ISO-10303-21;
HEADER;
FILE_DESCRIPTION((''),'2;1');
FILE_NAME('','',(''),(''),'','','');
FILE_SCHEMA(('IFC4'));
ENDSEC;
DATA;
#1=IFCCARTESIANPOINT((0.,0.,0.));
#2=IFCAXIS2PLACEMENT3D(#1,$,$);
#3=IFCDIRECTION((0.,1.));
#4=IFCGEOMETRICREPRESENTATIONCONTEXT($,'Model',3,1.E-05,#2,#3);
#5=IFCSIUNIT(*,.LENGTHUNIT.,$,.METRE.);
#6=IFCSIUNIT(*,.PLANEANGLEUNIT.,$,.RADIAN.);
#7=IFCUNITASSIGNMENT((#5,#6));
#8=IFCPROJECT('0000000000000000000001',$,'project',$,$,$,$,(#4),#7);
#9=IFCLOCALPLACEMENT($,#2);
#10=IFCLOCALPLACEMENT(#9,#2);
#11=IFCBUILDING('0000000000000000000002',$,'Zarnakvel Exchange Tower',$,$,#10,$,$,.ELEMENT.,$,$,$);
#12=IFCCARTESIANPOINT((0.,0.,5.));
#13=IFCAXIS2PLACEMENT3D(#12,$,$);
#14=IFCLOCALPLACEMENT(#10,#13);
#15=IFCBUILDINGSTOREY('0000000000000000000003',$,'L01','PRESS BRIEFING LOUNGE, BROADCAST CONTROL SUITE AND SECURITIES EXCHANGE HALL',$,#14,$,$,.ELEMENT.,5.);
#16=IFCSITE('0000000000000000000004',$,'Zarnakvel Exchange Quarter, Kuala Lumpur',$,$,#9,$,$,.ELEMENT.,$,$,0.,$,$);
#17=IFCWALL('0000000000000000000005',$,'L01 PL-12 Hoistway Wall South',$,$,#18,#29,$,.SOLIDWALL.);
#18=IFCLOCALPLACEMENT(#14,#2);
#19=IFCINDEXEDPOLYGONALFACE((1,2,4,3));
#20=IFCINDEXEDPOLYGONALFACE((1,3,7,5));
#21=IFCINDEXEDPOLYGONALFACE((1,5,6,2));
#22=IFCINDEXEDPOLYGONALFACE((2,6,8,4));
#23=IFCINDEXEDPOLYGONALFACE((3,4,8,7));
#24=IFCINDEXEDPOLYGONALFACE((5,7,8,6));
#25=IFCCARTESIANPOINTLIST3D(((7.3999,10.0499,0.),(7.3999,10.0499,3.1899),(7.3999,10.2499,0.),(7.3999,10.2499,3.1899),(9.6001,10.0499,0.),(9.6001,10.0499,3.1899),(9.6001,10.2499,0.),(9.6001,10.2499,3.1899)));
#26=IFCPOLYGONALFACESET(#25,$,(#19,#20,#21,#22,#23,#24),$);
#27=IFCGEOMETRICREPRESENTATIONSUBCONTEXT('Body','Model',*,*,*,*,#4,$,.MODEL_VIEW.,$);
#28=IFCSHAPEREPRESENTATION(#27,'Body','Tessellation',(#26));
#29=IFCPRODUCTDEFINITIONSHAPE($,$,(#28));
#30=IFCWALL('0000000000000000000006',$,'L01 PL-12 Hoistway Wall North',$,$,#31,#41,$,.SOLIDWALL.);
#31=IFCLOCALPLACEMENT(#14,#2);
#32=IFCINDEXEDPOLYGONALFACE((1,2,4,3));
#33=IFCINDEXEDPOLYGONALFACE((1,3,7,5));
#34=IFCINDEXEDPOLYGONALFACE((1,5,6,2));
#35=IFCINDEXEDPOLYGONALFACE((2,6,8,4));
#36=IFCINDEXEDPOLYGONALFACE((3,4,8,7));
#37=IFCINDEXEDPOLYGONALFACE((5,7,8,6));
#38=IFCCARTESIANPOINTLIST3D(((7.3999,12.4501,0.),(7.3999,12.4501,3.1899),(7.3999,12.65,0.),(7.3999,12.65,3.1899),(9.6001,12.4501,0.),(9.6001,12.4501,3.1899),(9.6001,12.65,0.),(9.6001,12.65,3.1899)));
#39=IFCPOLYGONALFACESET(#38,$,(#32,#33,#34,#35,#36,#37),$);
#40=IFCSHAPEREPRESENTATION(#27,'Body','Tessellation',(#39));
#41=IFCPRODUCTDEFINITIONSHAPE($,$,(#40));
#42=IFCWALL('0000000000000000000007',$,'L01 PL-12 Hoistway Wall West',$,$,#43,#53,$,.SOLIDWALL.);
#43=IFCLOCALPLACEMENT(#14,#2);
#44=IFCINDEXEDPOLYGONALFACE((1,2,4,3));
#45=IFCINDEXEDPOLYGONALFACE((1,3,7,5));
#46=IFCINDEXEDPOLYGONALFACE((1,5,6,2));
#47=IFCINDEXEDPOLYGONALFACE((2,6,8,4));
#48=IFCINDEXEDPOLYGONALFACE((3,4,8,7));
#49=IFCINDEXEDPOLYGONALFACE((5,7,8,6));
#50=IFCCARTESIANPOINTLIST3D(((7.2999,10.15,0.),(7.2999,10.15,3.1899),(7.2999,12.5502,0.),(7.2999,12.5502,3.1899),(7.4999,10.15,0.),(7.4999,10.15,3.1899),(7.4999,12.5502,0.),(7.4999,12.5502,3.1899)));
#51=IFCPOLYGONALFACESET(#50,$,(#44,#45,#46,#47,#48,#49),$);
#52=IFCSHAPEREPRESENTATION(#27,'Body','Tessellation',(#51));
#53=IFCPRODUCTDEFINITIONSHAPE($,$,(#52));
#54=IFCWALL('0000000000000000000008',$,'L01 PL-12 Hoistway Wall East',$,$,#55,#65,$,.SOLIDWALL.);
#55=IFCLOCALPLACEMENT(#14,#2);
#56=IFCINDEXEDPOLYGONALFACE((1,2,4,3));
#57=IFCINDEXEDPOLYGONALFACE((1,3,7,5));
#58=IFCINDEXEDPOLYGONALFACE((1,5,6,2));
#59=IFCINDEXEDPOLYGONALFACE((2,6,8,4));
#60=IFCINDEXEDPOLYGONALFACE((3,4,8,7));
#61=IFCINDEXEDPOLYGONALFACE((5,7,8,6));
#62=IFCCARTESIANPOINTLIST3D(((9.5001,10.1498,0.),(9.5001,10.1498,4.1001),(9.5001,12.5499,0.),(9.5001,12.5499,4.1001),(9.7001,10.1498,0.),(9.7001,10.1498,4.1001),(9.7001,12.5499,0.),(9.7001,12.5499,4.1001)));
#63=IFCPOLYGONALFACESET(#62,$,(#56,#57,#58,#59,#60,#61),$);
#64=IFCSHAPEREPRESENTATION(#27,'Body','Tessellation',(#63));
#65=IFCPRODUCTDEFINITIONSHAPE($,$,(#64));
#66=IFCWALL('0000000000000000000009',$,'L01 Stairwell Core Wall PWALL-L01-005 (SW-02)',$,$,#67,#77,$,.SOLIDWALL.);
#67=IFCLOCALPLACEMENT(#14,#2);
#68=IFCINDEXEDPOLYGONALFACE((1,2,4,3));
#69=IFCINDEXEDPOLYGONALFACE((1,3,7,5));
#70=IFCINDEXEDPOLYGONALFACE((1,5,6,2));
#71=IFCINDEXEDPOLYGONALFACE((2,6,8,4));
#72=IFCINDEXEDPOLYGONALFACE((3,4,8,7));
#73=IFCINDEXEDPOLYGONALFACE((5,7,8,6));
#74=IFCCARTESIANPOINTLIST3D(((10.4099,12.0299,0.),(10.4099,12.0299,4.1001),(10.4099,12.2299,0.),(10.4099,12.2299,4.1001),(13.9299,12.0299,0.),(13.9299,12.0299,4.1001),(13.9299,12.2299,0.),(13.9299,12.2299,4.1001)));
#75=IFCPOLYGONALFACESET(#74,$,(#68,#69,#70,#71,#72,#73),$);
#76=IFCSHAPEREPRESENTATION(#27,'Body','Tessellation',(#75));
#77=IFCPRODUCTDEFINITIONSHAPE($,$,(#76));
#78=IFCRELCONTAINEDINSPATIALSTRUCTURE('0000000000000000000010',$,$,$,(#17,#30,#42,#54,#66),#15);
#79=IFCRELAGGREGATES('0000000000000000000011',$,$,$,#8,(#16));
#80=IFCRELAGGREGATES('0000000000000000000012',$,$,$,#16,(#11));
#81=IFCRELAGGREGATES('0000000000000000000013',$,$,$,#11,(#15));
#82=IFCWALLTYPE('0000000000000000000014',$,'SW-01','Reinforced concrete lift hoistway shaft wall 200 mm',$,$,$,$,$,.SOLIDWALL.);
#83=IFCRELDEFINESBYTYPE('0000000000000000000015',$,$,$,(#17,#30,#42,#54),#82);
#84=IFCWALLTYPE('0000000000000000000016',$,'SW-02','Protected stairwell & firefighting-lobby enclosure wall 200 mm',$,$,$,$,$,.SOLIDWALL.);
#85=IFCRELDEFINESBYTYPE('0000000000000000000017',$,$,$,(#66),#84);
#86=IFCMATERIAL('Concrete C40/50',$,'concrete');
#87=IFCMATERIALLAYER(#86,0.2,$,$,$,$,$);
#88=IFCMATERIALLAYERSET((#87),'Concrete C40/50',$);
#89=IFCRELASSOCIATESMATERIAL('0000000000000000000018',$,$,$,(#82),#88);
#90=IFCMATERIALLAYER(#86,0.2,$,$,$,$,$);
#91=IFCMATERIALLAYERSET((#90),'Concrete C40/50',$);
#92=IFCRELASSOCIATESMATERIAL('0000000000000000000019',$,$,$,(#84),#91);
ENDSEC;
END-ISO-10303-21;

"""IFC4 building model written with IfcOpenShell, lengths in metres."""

from ifc_helpers import new_model, si_unit, direction, frame, frame_2d, origin, place, context, subcontext, project, spatial, rectangle, extrude, material, layer, layer_set, type_object, element, save


model = new_model("IFC4")

# Units and contexts
model_context = context("Model", 3, precision=1e-05, world=origin(), true_north=direction((0.0, 1.0)))
body_context = subcontext(model_context, "Body", "Model", "MODEL_VIEW")
ifc_project = project(units=[si_unit("LENGTHUNIT", "METRE"), si_unit("PLANEANGLEUNIT", "RADIAN")], contexts=[model_context])

# Site, building, storey
site_placement = place(None, origin())
site = spatial("IfcSite", under=ifc_project, at=site_placement, Name="Zarnakvel Exchange Quarter, Kuala Lumpur", CompositionType="ELEMENT", RefElevation=0.0)
building_placement = place(site_placement, origin())
building = spatial("IfcBuilding", under=site, at=building_placement, Name="Zarnakvel Exchange Tower", CompositionType="ELEMENT")
storey_placement = place(building_placement, frame((0.0, 0.0, 5.0)))
storey = spatial("IfcBuildingStorey", under=building, at=storey_placement, Name="L01", Description="PRESS BRIEFING LOUNGE, BROADCAST CONTROL SUITE AND SECURITIES EXCHANGE HALL", CompositionType="ELEMENT", Elevation=5.0)

# Shared definitions
ifc_material_1 = material(Name="Concrete C40/50", Category="concrete")
ifc_layer_1 = layer(ifc_material_1, 0.2)
ifc_layer_set_1 = layer_set([ifc_layer_1], Name="Concrete C40/50")
wall_type_1 = type_object("IfcWallType", Name="SW-01", Description="Reinforced concrete lift hoistway shaft wall 200 mm", PredefinedType="SOLIDWALL", material=ifc_layer_set_1)

# Walls
for number, where, z_axis, x_axis, name in (
    (1, (9.6001, 10.1499, 0.0), (0.0, 0.0, 1.0), (-1.0, 0.0, 0.0), "L01 PL-12 Hoistway Wall South"),
    (2, (7.3999, 12.55, 0.0), (0.0, 0.0, 1.0), (1.0, 0.0, 0.0), "L01 PL-12 Hoistway Wall North"),
):
    element("IfcWall", number, at=place(storey_placement, frame(where, z_axis=z_axis, x_axis=x_axis)), inside=storey, type_object=wall_type_1, Name=name, PredefinedType="SOLIDWALL", context=body_context, shape_type="SweptSolid", body=[
        extrude(rectangle(XDim=2.2002, YDim=0.2, at=frame_2d((1.1001, 0.0))), origin(), (0.0, 0.0, 1.0), 3.1899),
    ])
wall_1_placement = place(storey_placement, frame((7.3999, 10.1499, 0.0), z_axis=(0.0, 0.0, 1.0), x_axis=(0.0, 1.0, 0.0)))
element("IfcWall", 3, at=wall_1_placement, inside=storey, type_object=wall_type_1, Name="L01 PL-12 Hoistway Wall West", PredefinedType="SOLIDWALL", context=body_context, shape_type="SweptSolid", body=[
    extrude(rectangle(XDim=2.4001, YDim=0.2, at=frame_2d((1.2002, 0.0))), origin(), (0.0, 0.0, 1.0), 3.1899),
])
wall_2_placement = place(storey_placement, frame((9.6001, 12.55, 0.0), z_axis=(0.0, 0.0, 1.0), x_axis=(0.0, -1.0, 0.0)))
element("IfcWall", 4, at=wall_2_placement, inside=storey, type_object=wall_type_1, Name="L01 PL-12 Hoistway Wall East", PredefinedType="SOLIDWALL", context=body_context, shape_type="SweptSolid", body=[
    extrude(rectangle(XDim=2.4001, YDim=0.2, at=frame_2d((1.2002, 0.0))), origin(), (0.0, 0.0, 1.0), 4.1001),
])
ifc_layer_2 = layer(ifc_material_1, 0.2)
ifc_layer_set_2 = layer_set([ifc_layer_2], Name="Concrete C40/50")
wall_type_2 = type_object("IfcWallType", Name="SW-02", Description="Protected stairwell & firefighting-lobby enclosure wall 200 mm", PredefinedType="SOLIDWALL", material=ifc_layer_set_2)
wall_3_placement = place(storey_placement, frame((10.4099, 12.1299, 0.0), z_axis=(0.0, 0.0, 1.0), x_axis=(1.0, 0.0, 0.0)))
element("IfcWall", 5, at=wall_3_placement, inside=storey, type_object=wall_type_2, Name="L01 Stairwell Core Wall PWALL-L01-005 (SW-02)", PredefinedType="SOLIDWALL", context=body_context, shape_type="SweptSolid", body=[
    extrude(rectangle(XDim=3.52, YDim=0.2, at=frame_2d((1.76, 0.0))), origin(), (0.0, 0.0, 1.0), 4.1001),
])

save(model, "model.ifc")
